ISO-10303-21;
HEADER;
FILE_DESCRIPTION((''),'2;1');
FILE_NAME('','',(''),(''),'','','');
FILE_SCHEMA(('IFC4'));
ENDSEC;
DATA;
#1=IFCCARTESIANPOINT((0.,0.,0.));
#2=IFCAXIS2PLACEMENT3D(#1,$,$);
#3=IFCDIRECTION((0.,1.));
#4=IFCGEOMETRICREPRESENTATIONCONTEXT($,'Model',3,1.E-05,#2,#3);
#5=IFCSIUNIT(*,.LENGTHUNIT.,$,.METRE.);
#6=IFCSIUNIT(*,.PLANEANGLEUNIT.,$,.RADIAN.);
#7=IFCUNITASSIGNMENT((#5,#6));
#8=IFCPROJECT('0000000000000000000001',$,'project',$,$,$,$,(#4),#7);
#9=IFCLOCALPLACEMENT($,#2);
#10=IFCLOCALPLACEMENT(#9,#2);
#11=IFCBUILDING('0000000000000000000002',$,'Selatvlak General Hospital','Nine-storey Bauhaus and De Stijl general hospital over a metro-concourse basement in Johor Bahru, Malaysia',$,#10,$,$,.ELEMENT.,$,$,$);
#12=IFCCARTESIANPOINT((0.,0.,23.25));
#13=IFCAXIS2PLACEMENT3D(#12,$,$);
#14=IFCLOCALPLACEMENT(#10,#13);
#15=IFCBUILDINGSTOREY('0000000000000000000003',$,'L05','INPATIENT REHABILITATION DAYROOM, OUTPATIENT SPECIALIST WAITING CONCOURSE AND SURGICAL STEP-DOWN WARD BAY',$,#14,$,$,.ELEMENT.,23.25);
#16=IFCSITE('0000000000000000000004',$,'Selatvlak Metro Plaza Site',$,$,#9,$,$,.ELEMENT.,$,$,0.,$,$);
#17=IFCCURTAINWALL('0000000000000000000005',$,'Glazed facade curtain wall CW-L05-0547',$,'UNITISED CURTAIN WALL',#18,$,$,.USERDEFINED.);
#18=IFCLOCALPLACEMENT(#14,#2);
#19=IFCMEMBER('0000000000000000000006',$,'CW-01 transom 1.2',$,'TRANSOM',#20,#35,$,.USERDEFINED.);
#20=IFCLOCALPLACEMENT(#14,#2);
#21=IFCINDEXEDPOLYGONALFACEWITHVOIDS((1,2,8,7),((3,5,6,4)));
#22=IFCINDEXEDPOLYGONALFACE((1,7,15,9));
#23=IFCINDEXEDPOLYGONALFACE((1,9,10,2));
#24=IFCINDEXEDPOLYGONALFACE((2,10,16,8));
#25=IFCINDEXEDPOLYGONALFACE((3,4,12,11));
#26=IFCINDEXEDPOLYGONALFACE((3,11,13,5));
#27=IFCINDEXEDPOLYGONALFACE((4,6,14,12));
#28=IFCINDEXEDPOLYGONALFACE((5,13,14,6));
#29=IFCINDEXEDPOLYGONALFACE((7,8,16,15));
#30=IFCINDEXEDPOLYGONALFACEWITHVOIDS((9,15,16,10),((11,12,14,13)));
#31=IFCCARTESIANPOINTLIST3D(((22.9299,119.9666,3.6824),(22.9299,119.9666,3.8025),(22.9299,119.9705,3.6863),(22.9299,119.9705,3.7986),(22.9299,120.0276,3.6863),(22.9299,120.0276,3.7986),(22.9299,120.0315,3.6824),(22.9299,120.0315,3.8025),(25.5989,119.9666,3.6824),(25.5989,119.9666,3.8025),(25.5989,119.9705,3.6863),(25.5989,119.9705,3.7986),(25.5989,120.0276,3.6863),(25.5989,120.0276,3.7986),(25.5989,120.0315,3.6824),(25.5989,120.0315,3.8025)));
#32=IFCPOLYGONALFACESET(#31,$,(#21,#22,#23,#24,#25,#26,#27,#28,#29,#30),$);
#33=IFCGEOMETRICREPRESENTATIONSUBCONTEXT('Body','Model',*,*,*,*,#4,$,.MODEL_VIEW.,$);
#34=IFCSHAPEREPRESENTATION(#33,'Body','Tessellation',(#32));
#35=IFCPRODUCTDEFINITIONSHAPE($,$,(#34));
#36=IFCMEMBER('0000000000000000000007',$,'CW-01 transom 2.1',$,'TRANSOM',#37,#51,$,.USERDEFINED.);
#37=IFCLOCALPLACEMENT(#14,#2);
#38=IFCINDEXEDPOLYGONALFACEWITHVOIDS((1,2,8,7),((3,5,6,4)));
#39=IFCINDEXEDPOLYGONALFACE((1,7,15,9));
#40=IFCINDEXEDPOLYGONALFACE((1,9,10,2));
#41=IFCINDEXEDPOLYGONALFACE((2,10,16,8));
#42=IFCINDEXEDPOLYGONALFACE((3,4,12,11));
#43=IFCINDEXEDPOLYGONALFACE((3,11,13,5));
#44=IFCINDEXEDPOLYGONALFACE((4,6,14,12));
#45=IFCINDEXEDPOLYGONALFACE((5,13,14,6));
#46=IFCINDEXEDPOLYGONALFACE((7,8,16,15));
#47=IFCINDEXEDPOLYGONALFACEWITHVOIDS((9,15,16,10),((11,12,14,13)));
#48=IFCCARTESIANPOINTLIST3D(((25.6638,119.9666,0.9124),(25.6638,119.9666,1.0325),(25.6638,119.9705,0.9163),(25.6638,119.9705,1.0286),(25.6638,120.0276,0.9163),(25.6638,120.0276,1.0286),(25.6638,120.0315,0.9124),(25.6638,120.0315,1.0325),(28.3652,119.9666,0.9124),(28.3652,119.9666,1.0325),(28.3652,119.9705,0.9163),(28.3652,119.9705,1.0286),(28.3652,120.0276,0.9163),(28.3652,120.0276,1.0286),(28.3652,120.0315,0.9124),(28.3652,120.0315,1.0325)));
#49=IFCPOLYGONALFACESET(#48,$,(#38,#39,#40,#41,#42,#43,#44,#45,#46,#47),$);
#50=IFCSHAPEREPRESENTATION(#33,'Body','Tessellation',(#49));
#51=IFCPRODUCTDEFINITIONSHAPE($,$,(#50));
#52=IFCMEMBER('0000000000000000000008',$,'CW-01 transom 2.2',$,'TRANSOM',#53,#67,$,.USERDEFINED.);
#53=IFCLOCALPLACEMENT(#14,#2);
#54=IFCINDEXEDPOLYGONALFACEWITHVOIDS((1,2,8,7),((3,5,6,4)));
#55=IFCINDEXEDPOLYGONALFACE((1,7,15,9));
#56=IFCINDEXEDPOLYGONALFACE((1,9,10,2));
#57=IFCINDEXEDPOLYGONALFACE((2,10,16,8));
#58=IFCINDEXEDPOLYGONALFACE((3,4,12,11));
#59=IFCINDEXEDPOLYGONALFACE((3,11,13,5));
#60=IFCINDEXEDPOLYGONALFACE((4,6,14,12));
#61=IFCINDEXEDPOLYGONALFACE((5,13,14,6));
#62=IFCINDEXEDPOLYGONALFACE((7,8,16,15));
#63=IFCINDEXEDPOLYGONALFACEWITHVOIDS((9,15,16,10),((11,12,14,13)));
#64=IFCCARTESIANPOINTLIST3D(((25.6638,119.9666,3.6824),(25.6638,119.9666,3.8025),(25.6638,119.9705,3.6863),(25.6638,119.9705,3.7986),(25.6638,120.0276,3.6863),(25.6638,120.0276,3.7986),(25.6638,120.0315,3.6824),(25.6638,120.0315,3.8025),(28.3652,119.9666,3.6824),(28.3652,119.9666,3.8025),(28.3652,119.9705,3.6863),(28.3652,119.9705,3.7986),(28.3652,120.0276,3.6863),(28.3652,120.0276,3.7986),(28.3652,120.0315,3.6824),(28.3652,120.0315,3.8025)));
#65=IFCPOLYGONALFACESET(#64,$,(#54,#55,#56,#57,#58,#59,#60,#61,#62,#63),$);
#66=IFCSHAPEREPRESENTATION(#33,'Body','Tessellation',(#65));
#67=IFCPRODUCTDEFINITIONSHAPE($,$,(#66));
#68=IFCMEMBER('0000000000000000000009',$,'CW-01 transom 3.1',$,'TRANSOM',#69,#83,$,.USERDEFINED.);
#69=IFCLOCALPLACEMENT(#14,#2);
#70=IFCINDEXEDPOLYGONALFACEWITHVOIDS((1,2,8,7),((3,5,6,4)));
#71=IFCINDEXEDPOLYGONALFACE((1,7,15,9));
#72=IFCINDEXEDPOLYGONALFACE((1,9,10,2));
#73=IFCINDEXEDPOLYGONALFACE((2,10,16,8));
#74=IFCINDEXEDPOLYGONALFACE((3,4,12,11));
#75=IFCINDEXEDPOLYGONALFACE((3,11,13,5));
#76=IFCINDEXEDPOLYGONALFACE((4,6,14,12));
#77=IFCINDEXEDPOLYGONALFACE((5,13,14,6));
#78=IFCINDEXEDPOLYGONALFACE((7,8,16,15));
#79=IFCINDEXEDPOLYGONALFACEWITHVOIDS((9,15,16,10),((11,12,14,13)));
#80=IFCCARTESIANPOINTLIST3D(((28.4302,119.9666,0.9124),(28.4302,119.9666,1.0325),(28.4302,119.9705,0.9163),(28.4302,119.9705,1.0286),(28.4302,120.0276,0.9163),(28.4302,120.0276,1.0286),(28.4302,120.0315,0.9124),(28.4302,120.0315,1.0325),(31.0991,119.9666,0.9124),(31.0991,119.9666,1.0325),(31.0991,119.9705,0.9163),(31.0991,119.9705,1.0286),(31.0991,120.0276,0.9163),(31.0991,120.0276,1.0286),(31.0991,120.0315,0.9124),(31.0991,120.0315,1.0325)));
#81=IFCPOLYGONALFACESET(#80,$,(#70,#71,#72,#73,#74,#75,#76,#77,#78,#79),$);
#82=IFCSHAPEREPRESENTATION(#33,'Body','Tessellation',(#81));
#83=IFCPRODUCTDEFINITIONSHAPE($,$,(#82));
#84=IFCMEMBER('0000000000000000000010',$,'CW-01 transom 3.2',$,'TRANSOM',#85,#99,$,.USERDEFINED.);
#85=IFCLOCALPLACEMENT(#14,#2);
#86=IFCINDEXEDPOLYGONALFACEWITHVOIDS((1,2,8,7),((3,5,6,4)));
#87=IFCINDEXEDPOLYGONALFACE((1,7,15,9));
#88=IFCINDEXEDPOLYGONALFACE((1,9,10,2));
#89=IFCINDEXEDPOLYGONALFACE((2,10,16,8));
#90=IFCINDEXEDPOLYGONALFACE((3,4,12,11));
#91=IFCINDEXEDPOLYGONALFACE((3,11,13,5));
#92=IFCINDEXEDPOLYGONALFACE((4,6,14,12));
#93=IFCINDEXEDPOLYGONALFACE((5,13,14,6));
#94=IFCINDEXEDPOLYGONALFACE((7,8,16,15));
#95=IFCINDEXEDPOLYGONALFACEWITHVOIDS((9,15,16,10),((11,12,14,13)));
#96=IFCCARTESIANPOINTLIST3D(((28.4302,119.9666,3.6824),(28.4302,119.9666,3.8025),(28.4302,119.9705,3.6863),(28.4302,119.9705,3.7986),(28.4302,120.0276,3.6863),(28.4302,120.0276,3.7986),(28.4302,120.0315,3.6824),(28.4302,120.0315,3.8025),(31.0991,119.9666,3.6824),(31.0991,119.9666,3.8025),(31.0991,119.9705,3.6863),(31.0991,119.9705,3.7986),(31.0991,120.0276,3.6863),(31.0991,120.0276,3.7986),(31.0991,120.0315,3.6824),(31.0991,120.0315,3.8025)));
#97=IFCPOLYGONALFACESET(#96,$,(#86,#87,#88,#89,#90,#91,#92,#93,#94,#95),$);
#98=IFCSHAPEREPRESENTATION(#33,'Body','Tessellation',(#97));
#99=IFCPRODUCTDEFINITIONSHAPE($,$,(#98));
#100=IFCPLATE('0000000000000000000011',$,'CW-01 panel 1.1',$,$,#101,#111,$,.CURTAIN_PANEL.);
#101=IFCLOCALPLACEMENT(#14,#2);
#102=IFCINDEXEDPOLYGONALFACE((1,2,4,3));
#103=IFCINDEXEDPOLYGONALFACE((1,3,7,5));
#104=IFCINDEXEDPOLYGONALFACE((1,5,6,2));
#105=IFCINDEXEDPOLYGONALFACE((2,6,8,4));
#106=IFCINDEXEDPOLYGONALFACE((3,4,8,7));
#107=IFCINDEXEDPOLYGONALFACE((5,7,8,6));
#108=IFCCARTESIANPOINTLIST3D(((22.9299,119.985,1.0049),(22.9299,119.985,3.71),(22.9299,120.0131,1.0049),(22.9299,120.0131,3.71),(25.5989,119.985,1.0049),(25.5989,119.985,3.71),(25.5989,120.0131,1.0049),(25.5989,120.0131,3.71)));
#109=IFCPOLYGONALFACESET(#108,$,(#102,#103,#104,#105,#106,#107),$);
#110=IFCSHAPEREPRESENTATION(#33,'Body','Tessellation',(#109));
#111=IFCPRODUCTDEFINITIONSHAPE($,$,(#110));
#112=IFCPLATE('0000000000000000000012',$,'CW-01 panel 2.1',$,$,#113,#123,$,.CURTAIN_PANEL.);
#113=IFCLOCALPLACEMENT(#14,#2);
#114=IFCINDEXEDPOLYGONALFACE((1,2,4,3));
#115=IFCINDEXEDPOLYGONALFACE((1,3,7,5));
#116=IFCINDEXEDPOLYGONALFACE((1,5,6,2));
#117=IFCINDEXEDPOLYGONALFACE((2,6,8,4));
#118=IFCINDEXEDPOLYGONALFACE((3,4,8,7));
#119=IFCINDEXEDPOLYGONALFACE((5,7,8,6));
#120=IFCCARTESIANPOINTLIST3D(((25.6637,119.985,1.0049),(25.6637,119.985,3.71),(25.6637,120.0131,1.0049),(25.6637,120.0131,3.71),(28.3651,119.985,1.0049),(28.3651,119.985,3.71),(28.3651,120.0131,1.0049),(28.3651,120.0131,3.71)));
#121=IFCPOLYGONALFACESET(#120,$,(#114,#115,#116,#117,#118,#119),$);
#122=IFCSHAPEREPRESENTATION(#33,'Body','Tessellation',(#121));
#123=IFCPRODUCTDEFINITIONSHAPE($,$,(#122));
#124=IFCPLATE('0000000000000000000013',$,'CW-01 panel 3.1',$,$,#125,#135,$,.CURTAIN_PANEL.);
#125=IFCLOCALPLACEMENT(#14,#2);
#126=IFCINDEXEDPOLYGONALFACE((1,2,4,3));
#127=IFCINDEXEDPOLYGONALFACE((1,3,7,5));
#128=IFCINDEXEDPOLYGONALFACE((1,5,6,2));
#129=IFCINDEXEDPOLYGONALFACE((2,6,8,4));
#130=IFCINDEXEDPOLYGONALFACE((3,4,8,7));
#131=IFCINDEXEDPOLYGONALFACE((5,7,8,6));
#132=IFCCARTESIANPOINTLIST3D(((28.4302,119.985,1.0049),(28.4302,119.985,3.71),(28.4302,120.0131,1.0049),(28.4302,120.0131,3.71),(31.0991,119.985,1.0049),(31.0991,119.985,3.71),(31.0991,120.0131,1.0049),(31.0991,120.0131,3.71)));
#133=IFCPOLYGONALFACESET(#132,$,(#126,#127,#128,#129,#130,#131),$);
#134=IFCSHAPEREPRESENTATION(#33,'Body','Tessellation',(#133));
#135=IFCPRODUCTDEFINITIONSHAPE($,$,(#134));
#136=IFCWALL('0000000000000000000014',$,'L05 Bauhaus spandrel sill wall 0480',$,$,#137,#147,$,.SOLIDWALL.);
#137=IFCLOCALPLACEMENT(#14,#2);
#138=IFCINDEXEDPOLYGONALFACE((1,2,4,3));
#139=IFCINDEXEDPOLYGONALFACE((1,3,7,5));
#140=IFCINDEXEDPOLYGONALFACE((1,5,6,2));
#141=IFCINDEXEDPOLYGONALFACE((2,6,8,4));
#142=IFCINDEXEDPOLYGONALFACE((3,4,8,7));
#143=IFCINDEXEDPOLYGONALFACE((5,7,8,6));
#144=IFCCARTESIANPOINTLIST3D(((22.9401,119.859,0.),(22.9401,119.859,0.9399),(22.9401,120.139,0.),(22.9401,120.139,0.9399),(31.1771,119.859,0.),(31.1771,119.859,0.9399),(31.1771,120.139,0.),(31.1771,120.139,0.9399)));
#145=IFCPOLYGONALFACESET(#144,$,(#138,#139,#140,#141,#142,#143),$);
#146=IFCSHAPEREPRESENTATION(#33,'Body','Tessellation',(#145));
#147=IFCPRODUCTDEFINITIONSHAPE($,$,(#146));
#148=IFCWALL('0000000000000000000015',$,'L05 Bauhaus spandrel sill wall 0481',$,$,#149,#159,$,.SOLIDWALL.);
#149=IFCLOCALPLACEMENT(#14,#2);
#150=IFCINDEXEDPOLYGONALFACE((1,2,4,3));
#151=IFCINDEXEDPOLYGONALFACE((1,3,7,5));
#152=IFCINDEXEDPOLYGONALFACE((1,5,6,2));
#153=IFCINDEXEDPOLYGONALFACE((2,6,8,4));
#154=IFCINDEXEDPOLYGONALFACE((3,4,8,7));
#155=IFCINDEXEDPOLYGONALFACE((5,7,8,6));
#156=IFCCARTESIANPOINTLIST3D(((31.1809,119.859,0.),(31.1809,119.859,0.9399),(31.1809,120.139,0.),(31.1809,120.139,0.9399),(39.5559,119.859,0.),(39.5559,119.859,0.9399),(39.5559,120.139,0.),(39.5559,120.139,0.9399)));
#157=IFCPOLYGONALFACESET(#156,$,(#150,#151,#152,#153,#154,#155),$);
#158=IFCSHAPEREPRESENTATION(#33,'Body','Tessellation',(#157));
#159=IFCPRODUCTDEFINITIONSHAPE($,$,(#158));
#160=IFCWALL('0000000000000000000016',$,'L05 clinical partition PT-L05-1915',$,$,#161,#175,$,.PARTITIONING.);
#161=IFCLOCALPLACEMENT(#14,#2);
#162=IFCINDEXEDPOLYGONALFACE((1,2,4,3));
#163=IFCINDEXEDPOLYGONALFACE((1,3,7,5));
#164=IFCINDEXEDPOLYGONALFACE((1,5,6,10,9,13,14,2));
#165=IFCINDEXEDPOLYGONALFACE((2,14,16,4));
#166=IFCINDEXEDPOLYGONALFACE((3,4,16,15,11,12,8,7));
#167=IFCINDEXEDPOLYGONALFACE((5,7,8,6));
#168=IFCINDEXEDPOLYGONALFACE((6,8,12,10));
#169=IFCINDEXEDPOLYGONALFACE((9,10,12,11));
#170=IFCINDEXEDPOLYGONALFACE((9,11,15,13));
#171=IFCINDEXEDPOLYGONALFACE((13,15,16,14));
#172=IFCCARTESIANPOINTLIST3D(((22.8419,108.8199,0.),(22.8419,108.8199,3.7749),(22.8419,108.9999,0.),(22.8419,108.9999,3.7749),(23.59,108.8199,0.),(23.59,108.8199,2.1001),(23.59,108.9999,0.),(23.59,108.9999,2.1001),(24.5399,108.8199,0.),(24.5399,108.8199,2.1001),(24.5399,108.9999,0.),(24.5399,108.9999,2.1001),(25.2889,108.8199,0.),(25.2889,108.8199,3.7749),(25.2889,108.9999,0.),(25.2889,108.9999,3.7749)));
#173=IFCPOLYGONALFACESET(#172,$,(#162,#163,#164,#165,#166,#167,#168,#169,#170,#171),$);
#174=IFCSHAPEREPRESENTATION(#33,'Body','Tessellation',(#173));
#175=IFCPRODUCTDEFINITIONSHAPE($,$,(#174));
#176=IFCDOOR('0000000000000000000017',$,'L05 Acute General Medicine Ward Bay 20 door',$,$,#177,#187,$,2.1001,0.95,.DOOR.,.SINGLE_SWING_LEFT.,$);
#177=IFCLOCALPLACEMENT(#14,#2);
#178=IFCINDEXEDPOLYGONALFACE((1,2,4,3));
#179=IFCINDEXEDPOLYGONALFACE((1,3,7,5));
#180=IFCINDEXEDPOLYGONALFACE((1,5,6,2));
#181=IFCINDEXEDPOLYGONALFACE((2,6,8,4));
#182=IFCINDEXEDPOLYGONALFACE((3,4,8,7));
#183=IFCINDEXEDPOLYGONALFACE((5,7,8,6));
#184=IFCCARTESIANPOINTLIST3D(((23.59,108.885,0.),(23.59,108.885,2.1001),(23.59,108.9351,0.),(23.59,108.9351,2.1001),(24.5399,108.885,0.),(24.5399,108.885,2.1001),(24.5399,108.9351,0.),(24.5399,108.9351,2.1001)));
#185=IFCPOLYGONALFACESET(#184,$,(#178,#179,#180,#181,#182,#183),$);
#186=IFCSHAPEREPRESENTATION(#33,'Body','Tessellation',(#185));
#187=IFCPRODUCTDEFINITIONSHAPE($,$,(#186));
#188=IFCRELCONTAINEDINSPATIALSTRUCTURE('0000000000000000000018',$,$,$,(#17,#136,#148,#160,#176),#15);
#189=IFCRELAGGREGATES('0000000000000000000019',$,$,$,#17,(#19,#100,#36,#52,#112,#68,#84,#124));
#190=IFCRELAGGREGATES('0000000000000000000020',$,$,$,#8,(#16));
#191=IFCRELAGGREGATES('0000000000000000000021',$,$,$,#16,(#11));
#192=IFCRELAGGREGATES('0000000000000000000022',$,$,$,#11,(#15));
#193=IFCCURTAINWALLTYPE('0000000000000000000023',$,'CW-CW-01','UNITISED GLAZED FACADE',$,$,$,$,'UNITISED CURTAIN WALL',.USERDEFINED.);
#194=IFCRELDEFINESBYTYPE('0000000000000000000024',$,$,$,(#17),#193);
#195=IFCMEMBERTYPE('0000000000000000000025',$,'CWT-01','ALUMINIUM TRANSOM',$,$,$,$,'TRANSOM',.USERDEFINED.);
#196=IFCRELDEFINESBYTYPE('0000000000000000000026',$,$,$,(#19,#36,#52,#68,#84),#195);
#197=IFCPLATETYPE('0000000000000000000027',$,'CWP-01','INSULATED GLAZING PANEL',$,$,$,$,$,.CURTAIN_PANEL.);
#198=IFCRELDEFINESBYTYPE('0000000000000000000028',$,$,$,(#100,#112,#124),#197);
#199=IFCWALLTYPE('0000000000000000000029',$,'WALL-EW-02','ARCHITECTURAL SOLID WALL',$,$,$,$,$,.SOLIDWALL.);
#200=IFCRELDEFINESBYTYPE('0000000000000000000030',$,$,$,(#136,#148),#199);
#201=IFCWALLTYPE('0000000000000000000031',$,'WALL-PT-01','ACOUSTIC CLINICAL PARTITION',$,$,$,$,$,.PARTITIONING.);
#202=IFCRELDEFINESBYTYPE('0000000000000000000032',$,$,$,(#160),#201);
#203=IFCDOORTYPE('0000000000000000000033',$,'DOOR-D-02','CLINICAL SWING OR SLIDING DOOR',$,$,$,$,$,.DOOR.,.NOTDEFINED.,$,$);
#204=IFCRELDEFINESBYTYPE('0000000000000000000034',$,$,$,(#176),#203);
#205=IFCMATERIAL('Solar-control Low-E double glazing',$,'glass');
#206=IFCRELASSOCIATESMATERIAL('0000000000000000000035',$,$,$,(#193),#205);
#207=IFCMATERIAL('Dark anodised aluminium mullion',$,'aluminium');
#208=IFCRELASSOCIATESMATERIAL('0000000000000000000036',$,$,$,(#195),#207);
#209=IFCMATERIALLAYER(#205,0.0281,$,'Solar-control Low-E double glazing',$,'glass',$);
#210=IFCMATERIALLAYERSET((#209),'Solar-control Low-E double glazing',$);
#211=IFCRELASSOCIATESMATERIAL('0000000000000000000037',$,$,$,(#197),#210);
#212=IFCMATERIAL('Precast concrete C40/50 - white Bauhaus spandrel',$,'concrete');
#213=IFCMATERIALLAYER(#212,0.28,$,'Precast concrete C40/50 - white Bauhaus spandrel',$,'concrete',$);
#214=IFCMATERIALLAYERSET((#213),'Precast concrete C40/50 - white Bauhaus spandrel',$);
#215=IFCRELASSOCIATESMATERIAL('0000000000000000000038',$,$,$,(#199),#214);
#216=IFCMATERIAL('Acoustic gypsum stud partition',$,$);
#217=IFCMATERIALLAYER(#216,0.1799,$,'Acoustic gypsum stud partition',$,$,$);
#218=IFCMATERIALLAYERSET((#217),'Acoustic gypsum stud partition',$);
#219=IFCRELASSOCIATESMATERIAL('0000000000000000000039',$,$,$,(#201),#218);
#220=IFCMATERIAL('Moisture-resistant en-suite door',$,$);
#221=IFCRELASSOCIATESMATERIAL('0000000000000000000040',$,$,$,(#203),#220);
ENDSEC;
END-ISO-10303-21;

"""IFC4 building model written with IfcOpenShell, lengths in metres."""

from ifc_helpers import new_model, si_unit, direction, frame, frame_2d, origin, origin_2d, place, context, subcontext, project, spatial, rectangle, hollow_rectangle, extrude, material, layer, layer_set, material_profile, profile_set, type_object, element, fill, aggregate, save


model = new_model("IFC4")

# Units and contexts
model_context = context("Model", 3, precision=1e-05, world=origin(), true_north=direction((0.0, 1.0)))
body_context = subcontext(model_context, "Body", "Model", "MODEL_VIEW")
ifc_project = project(units=[si_unit("LENGTHUNIT", "METRE"), si_unit("PLANEANGLEUNIT", "RADIAN")], contexts=[model_context])

# Site, building, storey
site_placement = place(None, origin())
site = spatial("IfcSite", under=ifc_project, at=site_placement, Name="Selatvlak Metro Plaza Site", CompositionType="ELEMENT", RefElevation=0.0)
building_placement = place(site_placement, origin())
building = spatial("IfcBuilding", under=site, at=building_placement, Name="Selatvlak General Hospital", Description="Nine-storey Bauhaus and De Stijl general hospital over a metro-concourse basement in Johor Bahru, Malaysia", CompositionType="ELEMENT")
storey_placement = place(building_placement, frame((0.0, 0.0, 23.25)))
storey = spatial("IfcBuildingStorey", under=building, at=storey_placement, Name="L05", Description="INPATIENT REHABILITATION DAYROOM, OUTPATIENT SPECIALIST WAITING CONCOURSE AND SURGICAL STEP-DOWN WARD BAY", CompositionType="ELEMENT", Elevation=23.25)

# Shared definitions
ifc_material_1 = material(Name="Solar-control Low-E double glazing", Category="glass")
ifc_material_2 = material(Name="Dark anodised aluminium mullion", Category="aluminium")

# Curtain wall, members, plates
curtain_wall_type_1 = type_object("IfcCurtainWallType", Name="CW-CW-01", Description="UNITISED GLAZED FACADE", ElementType="UNITISED CURTAIN WALL", PredefinedType="USERDEFINED", material=ifc_material_1)
curtain_wall_1_placement = place(storey_placement, origin())
curtain_wall_1 = element("IfcCurtainWall", 1, at=curtain_wall_1_placement, inside=storey, type_object=curtain_wall_type_1, Name="Glazed facade curtain wall CW-L05-0547", ObjectType="UNITISED CURTAIN WALL", PredefinedType="USERDEFINED")
ifc_material_profile_1 = material_profile(ifc_material_2, hollow_rectangle(XDim=0.0649, YDim=0.1201, WallThickness=0.0039, at=origin_2d()), Name="AL-TRN 65x120x4")
ifc_profile_set_1 = profile_set([ifc_material_profile_1], Name="Dark anodised aluminium mullion")
member_type_1 = type_object("IfcMemberType", Name="CWT-01", Description="ALUMINIUM TRANSOM", ElementType="TRANSOM", PredefinedType="USERDEFINED", material=ifc_profile_set_1)
member_1_placement = place(storey_placement, frame((22.9299, 119.999, 3.7424), z_axis=(1.0, 0.0, 0.0), x_axis=(0.0, 1.0, 0.0)))
member_1 = element("IfcMember", 2, at=member_1_placement, type_object=member_type_1, Name="CW-01 transom 1.2", ObjectType="TRANSOM", PredefinedType="USERDEFINED", context=body_context, shape_type="SweptSolid", body=[
    extrude(hollow_rectangle(XDim=0.0649, YDim=0.1201, WallThickness=0.0039, at=origin_2d()), origin(), (0.0, 0.0, 1.0), 2.6689),
])
member_2_placement = place(storey_placement, frame((25.6638, 119.999, 0.9724), z_axis=(1.0, 0.0, 0.0), x_axis=(0.0, 1.0, 0.0)))
member_2 = element("IfcMember", 3, at=member_2_placement, type_object=member_type_1, Name="CW-01 transom 2.1", ObjectType="TRANSOM", PredefinedType="USERDEFINED", context=body_context, shape_type="SweptSolid", body=[
    extrude(hollow_rectangle(XDim=0.0649, YDim=0.1201, WallThickness=0.0039, at=origin_2d()), origin(), (0.0, 0.0, 1.0), 2.7014),
])
member_3_placement = place(storey_placement, frame((25.6638, 119.999, 3.7424), z_axis=(1.0, 0.0, 0.0), x_axis=(0.0, 1.0, 0.0)))
member_3 = element("IfcMember", 4, at=member_3_placement, type_object=member_type_1, Name="CW-01 transom 2.2", ObjectType="TRANSOM", PredefinedType="USERDEFINED", context=body_context, shape_type="SweptSolid", body=[
    extrude(hollow_rectangle(XDim=0.0649, YDim=0.1201, WallThickness=0.0039, at=origin_2d()), origin(), (0.0, 0.0, 1.0), 2.7014),
])
member_4_placement = place(storey_placement, frame((28.4302, 119.999, 0.9724), z_axis=(1.0, 0.0, 0.0), x_axis=(0.0, 1.0, 0.0)))
member_4 = element("IfcMember", 5, at=member_4_placement, type_object=member_type_1, Name="CW-01 transom 3.1", ObjectType="TRANSOM", PredefinedType="USERDEFINED", context=body_context, shape_type="SweptSolid", body=[
    extrude(hollow_rectangle(XDim=0.0649, YDim=0.1201, WallThickness=0.0039, at=origin_2d()), origin(), (0.0, 0.0, 1.0), 2.6689),
])
member_5_placement = place(storey_placement, frame((28.4302, 119.999, 3.7424), z_axis=(1.0, 0.0, 0.0), x_axis=(0.0, 1.0, 0.0)))
member_5 = element("IfcMember", 6, at=member_5_placement, type_object=member_type_1, Name="CW-01 transom 3.2", ObjectType="TRANSOM", PredefinedType="USERDEFINED", context=body_context, shape_type="SweptSolid", body=[
    extrude(hollow_rectangle(XDim=0.0649, YDim=0.1201, WallThickness=0.0039, at=origin_2d()), origin(), (0.0, 0.0, 1.0), 2.6689),
])
ifc_layer_1 = layer(ifc_material_1, 0.0281, Name="Solar-control Low-E double glazing", Category="glass")
ifc_layer_set_1 = layer_set([ifc_layer_1], Name="Solar-control Low-E double glazing")
plate_type = type_object("IfcPlateType", Name="CWP-01", Description="INSULATED GLAZING PANEL", PredefinedType="CURTAIN_PANEL", material=ifc_layer_set_1)
plate_1_placement = place(storey_placement, frame((24.2644, 119.999, 1.0049), z_axis=(0.0, 0.0, 1.0), x_axis=(1.0, 0.0, 0.0)))
plate_1 = element("IfcPlate", 7, at=plate_1_placement, type_object=plate_type, Name="CW-01 panel 1.1", PredefinedType="CURTAIN_PANEL", context=body_context, shape_type="SweptSolid", body=[
    extrude(rectangle(XDim=2.6689, YDim=0.0281, at=origin_2d()), origin(), (0.0, 0.0, 1.0), 2.7051),
])
plate_2_placement = place(storey_placement, frame((27.0144, 119.999, 1.0049), z_axis=(0.0, 0.0, 1.0), x_axis=(1.0, 0.0, 0.0)))
plate_2 = element("IfcPlate", 8, at=plate_2_placement, type_object=plate_type, Name="CW-01 panel 2.1", PredefinedType="CURTAIN_PANEL", context=body_context, shape_type="SweptSolid", body=[
    extrude(rectangle(XDim=2.7014, YDim=0.0281, at=origin_2d()), origin(), (0.0, 0.0, 1.0), 2.7051),
])
plate_3_placement = place(storey_placement, frame((29.7646, 119.999, 1.0049), z_axis=(0.0, 0.0, 1.0), x_axis=(1.0, 0.0, 0.0)))
plate_3 = element("IfcPlate", 9, at=plate_3_placement, type_object=plate_type, Name="CW-01 panel 3.1", PredefinedType="CURTAIN_PANEL", context=body_context, shape_type="SweptSolid", body=[
    extrude(rectangle(XDim=2.6689, YDim=0.0281, at=origin_2d()), origin(), (0.0, 0.0, 1.0), 2.7051),
])
aggregate(curtain_wall_1, [member_1, plate_1, member_2, member_3, plate_2, member_4, member_5, plate_3])

# Walls
ifc_material_3 = material(Name="Precast concrete C40/50 - white Bauhaus spandrel", Category="concrete")
ifc_layer_2 = layer(ifc_material_3, 0.28, Name="Precast concrete C40/50 - white Bauhaus spandrel", Category="concrete")
ifc_layer_set_2 = layer_set([ifc_layer_2], Name="Precast concrete C40/50 - white Bauhaus spandrel")
wall_type_1 = type_object("IfcWallType", Name="WALL-EW-02", Description="ARCHITECTURAL SOLID WALL", PredefinedType="SOLIDWALL", material=ifc_layer_set_2)
wall_1_placement = place(storey_placement, frame((22.9399, 119.999, 0.0), z_axis=(0.0, 0.0, 1.0), x_axis=(1.0, 0.0, 0.0)))
element("IfcWall", 10, at=wall_1_placement, inside=storey, type_object=wall_type_1, Name="L05 Bauhaus spandrel sill wall 0480", PredefinedType="SOLIDWALL", context=body_context, shape_type="SweptSolid", body=[
    extrude(rectangle(XDim=8.2371, YDim=0.28, at=frame_2d((4.1187, 0.0))), origin(), (0.0, 0.0, 1.0), 0.9399),
])
wall_2_placement = place(storey_placement, frame((31.1809, 119.999, 0.0), z_axis=(0.0, 0.0, 1.0), x_axis=(1.0, 0.0, 0.0)))
element("IfcWall", 11, at=wall_2_placement, inside=storey, type_object=wall_type_1, Name="L05 Bauhaus spandrel sill wall 0481", PredefinedType="SOLIDWALL", context=body_context, shape_type="SweptSolid", body=[
    extrude(rectangle(XDim=8.375, YDim=0.28, at=frame_2d((4.1875, 0.0))), origin(), (0.0, 0.0, 1.0), 0.9399),
])

# Wall, opening, door
ifc_material_4 = material(Name="Acoustic gypsum stud partition")
ifc_layer_3 = layer(ifc_material_4, 0.1799, Name="Acoustic gypsum stud partition")
ifc_layer_set_3 = layer_set([ifc_layer_3], Name="Acoustic gypsum stud partition")
wall_type_2 = type_object("IfcWallType", Name="WALL-PT-01", Description="ACOUSTIC CLINICAL PARTITION", PredefinedType="PARTITIONING", material=ifc_layer_set_3)
wall_3_placement = place(storey_placement, frame((25.2891, 108.9099, 0.0), z_axis=(0.0, 0.0, 1.0), x_axis=(-1.0, 0.0, 0.0)))
wall_3 = element("IfcWall", 12, at=wall_3_placement, inside=storey, type_object=wall_type_2, Name="L05 clinical partition PT-L05-1915", PredefinedType="PARTITIONING", context=body_context, shape_type="SweptSolid", body=[
    extrude(rectangle(XDim=2.447, YDim=0.1799, at=frame_2d((1.2236, 0.0))), origin(), (0.0, 0.0, 1.0), 3.7749),
])
opening_placement = place(wall_3_placement, frame((0.749, 0.0, 0.0)))
opening = element("IfcOpeningElement", 13, at=opening_placement, cuts=wall_3, PredefinedType="OPENING", context=body_context, shape_type="SweptSolid", body=[
    extrude(rectangle(XDim=0.95, YDim=2.1001, at=frame_2d((0.4751, 1.05))), frame((0.0, 0.0999, 0.0), z_axis=(0.0, -1.0, 0.0), x_axis=(1.0, 0.0, 0.0)), (0.0, 0.0, 1.0), 0.2),
])
ifc_material_5 = material(Name="Moisture-resistant en-suite door")
door_type = type_object("IfcDoorType", Name="DOOR-D-02", Description="CLINICAL SWING OR SLIDING DOOR", OperationType="NOTDEFINED", PredefinedType="DOOR", material=ifc_material_5)
door_placement = place(opening_placement, origin())
door = element("IfcDoor", 14, at=door_placement, inside=storey, type_object=door_type, Name="L05 Acute General Medicine Ward Bay 20 door", OperationType="SINGLE_SWING_LEFT", OverallHeight=2.1001, OverallWidth=0.95, PredefinedType="DOOR", context=body_context, shape_type="SweptSolid", body=[
    extrude(rectangle(XDim=0.95, YDim=2.1001, at=frame_2d((0.4751, 1.05))), frame((0.0, 0.0249, 0.0), z_axis=(0.0, -1.0, 0.0), x_axis=(1.0, 0.0, 0.0)), (0.0, 0.0, 1.0), 0.05),
])
fill(opening, door)

save(model, "model.ifc")
